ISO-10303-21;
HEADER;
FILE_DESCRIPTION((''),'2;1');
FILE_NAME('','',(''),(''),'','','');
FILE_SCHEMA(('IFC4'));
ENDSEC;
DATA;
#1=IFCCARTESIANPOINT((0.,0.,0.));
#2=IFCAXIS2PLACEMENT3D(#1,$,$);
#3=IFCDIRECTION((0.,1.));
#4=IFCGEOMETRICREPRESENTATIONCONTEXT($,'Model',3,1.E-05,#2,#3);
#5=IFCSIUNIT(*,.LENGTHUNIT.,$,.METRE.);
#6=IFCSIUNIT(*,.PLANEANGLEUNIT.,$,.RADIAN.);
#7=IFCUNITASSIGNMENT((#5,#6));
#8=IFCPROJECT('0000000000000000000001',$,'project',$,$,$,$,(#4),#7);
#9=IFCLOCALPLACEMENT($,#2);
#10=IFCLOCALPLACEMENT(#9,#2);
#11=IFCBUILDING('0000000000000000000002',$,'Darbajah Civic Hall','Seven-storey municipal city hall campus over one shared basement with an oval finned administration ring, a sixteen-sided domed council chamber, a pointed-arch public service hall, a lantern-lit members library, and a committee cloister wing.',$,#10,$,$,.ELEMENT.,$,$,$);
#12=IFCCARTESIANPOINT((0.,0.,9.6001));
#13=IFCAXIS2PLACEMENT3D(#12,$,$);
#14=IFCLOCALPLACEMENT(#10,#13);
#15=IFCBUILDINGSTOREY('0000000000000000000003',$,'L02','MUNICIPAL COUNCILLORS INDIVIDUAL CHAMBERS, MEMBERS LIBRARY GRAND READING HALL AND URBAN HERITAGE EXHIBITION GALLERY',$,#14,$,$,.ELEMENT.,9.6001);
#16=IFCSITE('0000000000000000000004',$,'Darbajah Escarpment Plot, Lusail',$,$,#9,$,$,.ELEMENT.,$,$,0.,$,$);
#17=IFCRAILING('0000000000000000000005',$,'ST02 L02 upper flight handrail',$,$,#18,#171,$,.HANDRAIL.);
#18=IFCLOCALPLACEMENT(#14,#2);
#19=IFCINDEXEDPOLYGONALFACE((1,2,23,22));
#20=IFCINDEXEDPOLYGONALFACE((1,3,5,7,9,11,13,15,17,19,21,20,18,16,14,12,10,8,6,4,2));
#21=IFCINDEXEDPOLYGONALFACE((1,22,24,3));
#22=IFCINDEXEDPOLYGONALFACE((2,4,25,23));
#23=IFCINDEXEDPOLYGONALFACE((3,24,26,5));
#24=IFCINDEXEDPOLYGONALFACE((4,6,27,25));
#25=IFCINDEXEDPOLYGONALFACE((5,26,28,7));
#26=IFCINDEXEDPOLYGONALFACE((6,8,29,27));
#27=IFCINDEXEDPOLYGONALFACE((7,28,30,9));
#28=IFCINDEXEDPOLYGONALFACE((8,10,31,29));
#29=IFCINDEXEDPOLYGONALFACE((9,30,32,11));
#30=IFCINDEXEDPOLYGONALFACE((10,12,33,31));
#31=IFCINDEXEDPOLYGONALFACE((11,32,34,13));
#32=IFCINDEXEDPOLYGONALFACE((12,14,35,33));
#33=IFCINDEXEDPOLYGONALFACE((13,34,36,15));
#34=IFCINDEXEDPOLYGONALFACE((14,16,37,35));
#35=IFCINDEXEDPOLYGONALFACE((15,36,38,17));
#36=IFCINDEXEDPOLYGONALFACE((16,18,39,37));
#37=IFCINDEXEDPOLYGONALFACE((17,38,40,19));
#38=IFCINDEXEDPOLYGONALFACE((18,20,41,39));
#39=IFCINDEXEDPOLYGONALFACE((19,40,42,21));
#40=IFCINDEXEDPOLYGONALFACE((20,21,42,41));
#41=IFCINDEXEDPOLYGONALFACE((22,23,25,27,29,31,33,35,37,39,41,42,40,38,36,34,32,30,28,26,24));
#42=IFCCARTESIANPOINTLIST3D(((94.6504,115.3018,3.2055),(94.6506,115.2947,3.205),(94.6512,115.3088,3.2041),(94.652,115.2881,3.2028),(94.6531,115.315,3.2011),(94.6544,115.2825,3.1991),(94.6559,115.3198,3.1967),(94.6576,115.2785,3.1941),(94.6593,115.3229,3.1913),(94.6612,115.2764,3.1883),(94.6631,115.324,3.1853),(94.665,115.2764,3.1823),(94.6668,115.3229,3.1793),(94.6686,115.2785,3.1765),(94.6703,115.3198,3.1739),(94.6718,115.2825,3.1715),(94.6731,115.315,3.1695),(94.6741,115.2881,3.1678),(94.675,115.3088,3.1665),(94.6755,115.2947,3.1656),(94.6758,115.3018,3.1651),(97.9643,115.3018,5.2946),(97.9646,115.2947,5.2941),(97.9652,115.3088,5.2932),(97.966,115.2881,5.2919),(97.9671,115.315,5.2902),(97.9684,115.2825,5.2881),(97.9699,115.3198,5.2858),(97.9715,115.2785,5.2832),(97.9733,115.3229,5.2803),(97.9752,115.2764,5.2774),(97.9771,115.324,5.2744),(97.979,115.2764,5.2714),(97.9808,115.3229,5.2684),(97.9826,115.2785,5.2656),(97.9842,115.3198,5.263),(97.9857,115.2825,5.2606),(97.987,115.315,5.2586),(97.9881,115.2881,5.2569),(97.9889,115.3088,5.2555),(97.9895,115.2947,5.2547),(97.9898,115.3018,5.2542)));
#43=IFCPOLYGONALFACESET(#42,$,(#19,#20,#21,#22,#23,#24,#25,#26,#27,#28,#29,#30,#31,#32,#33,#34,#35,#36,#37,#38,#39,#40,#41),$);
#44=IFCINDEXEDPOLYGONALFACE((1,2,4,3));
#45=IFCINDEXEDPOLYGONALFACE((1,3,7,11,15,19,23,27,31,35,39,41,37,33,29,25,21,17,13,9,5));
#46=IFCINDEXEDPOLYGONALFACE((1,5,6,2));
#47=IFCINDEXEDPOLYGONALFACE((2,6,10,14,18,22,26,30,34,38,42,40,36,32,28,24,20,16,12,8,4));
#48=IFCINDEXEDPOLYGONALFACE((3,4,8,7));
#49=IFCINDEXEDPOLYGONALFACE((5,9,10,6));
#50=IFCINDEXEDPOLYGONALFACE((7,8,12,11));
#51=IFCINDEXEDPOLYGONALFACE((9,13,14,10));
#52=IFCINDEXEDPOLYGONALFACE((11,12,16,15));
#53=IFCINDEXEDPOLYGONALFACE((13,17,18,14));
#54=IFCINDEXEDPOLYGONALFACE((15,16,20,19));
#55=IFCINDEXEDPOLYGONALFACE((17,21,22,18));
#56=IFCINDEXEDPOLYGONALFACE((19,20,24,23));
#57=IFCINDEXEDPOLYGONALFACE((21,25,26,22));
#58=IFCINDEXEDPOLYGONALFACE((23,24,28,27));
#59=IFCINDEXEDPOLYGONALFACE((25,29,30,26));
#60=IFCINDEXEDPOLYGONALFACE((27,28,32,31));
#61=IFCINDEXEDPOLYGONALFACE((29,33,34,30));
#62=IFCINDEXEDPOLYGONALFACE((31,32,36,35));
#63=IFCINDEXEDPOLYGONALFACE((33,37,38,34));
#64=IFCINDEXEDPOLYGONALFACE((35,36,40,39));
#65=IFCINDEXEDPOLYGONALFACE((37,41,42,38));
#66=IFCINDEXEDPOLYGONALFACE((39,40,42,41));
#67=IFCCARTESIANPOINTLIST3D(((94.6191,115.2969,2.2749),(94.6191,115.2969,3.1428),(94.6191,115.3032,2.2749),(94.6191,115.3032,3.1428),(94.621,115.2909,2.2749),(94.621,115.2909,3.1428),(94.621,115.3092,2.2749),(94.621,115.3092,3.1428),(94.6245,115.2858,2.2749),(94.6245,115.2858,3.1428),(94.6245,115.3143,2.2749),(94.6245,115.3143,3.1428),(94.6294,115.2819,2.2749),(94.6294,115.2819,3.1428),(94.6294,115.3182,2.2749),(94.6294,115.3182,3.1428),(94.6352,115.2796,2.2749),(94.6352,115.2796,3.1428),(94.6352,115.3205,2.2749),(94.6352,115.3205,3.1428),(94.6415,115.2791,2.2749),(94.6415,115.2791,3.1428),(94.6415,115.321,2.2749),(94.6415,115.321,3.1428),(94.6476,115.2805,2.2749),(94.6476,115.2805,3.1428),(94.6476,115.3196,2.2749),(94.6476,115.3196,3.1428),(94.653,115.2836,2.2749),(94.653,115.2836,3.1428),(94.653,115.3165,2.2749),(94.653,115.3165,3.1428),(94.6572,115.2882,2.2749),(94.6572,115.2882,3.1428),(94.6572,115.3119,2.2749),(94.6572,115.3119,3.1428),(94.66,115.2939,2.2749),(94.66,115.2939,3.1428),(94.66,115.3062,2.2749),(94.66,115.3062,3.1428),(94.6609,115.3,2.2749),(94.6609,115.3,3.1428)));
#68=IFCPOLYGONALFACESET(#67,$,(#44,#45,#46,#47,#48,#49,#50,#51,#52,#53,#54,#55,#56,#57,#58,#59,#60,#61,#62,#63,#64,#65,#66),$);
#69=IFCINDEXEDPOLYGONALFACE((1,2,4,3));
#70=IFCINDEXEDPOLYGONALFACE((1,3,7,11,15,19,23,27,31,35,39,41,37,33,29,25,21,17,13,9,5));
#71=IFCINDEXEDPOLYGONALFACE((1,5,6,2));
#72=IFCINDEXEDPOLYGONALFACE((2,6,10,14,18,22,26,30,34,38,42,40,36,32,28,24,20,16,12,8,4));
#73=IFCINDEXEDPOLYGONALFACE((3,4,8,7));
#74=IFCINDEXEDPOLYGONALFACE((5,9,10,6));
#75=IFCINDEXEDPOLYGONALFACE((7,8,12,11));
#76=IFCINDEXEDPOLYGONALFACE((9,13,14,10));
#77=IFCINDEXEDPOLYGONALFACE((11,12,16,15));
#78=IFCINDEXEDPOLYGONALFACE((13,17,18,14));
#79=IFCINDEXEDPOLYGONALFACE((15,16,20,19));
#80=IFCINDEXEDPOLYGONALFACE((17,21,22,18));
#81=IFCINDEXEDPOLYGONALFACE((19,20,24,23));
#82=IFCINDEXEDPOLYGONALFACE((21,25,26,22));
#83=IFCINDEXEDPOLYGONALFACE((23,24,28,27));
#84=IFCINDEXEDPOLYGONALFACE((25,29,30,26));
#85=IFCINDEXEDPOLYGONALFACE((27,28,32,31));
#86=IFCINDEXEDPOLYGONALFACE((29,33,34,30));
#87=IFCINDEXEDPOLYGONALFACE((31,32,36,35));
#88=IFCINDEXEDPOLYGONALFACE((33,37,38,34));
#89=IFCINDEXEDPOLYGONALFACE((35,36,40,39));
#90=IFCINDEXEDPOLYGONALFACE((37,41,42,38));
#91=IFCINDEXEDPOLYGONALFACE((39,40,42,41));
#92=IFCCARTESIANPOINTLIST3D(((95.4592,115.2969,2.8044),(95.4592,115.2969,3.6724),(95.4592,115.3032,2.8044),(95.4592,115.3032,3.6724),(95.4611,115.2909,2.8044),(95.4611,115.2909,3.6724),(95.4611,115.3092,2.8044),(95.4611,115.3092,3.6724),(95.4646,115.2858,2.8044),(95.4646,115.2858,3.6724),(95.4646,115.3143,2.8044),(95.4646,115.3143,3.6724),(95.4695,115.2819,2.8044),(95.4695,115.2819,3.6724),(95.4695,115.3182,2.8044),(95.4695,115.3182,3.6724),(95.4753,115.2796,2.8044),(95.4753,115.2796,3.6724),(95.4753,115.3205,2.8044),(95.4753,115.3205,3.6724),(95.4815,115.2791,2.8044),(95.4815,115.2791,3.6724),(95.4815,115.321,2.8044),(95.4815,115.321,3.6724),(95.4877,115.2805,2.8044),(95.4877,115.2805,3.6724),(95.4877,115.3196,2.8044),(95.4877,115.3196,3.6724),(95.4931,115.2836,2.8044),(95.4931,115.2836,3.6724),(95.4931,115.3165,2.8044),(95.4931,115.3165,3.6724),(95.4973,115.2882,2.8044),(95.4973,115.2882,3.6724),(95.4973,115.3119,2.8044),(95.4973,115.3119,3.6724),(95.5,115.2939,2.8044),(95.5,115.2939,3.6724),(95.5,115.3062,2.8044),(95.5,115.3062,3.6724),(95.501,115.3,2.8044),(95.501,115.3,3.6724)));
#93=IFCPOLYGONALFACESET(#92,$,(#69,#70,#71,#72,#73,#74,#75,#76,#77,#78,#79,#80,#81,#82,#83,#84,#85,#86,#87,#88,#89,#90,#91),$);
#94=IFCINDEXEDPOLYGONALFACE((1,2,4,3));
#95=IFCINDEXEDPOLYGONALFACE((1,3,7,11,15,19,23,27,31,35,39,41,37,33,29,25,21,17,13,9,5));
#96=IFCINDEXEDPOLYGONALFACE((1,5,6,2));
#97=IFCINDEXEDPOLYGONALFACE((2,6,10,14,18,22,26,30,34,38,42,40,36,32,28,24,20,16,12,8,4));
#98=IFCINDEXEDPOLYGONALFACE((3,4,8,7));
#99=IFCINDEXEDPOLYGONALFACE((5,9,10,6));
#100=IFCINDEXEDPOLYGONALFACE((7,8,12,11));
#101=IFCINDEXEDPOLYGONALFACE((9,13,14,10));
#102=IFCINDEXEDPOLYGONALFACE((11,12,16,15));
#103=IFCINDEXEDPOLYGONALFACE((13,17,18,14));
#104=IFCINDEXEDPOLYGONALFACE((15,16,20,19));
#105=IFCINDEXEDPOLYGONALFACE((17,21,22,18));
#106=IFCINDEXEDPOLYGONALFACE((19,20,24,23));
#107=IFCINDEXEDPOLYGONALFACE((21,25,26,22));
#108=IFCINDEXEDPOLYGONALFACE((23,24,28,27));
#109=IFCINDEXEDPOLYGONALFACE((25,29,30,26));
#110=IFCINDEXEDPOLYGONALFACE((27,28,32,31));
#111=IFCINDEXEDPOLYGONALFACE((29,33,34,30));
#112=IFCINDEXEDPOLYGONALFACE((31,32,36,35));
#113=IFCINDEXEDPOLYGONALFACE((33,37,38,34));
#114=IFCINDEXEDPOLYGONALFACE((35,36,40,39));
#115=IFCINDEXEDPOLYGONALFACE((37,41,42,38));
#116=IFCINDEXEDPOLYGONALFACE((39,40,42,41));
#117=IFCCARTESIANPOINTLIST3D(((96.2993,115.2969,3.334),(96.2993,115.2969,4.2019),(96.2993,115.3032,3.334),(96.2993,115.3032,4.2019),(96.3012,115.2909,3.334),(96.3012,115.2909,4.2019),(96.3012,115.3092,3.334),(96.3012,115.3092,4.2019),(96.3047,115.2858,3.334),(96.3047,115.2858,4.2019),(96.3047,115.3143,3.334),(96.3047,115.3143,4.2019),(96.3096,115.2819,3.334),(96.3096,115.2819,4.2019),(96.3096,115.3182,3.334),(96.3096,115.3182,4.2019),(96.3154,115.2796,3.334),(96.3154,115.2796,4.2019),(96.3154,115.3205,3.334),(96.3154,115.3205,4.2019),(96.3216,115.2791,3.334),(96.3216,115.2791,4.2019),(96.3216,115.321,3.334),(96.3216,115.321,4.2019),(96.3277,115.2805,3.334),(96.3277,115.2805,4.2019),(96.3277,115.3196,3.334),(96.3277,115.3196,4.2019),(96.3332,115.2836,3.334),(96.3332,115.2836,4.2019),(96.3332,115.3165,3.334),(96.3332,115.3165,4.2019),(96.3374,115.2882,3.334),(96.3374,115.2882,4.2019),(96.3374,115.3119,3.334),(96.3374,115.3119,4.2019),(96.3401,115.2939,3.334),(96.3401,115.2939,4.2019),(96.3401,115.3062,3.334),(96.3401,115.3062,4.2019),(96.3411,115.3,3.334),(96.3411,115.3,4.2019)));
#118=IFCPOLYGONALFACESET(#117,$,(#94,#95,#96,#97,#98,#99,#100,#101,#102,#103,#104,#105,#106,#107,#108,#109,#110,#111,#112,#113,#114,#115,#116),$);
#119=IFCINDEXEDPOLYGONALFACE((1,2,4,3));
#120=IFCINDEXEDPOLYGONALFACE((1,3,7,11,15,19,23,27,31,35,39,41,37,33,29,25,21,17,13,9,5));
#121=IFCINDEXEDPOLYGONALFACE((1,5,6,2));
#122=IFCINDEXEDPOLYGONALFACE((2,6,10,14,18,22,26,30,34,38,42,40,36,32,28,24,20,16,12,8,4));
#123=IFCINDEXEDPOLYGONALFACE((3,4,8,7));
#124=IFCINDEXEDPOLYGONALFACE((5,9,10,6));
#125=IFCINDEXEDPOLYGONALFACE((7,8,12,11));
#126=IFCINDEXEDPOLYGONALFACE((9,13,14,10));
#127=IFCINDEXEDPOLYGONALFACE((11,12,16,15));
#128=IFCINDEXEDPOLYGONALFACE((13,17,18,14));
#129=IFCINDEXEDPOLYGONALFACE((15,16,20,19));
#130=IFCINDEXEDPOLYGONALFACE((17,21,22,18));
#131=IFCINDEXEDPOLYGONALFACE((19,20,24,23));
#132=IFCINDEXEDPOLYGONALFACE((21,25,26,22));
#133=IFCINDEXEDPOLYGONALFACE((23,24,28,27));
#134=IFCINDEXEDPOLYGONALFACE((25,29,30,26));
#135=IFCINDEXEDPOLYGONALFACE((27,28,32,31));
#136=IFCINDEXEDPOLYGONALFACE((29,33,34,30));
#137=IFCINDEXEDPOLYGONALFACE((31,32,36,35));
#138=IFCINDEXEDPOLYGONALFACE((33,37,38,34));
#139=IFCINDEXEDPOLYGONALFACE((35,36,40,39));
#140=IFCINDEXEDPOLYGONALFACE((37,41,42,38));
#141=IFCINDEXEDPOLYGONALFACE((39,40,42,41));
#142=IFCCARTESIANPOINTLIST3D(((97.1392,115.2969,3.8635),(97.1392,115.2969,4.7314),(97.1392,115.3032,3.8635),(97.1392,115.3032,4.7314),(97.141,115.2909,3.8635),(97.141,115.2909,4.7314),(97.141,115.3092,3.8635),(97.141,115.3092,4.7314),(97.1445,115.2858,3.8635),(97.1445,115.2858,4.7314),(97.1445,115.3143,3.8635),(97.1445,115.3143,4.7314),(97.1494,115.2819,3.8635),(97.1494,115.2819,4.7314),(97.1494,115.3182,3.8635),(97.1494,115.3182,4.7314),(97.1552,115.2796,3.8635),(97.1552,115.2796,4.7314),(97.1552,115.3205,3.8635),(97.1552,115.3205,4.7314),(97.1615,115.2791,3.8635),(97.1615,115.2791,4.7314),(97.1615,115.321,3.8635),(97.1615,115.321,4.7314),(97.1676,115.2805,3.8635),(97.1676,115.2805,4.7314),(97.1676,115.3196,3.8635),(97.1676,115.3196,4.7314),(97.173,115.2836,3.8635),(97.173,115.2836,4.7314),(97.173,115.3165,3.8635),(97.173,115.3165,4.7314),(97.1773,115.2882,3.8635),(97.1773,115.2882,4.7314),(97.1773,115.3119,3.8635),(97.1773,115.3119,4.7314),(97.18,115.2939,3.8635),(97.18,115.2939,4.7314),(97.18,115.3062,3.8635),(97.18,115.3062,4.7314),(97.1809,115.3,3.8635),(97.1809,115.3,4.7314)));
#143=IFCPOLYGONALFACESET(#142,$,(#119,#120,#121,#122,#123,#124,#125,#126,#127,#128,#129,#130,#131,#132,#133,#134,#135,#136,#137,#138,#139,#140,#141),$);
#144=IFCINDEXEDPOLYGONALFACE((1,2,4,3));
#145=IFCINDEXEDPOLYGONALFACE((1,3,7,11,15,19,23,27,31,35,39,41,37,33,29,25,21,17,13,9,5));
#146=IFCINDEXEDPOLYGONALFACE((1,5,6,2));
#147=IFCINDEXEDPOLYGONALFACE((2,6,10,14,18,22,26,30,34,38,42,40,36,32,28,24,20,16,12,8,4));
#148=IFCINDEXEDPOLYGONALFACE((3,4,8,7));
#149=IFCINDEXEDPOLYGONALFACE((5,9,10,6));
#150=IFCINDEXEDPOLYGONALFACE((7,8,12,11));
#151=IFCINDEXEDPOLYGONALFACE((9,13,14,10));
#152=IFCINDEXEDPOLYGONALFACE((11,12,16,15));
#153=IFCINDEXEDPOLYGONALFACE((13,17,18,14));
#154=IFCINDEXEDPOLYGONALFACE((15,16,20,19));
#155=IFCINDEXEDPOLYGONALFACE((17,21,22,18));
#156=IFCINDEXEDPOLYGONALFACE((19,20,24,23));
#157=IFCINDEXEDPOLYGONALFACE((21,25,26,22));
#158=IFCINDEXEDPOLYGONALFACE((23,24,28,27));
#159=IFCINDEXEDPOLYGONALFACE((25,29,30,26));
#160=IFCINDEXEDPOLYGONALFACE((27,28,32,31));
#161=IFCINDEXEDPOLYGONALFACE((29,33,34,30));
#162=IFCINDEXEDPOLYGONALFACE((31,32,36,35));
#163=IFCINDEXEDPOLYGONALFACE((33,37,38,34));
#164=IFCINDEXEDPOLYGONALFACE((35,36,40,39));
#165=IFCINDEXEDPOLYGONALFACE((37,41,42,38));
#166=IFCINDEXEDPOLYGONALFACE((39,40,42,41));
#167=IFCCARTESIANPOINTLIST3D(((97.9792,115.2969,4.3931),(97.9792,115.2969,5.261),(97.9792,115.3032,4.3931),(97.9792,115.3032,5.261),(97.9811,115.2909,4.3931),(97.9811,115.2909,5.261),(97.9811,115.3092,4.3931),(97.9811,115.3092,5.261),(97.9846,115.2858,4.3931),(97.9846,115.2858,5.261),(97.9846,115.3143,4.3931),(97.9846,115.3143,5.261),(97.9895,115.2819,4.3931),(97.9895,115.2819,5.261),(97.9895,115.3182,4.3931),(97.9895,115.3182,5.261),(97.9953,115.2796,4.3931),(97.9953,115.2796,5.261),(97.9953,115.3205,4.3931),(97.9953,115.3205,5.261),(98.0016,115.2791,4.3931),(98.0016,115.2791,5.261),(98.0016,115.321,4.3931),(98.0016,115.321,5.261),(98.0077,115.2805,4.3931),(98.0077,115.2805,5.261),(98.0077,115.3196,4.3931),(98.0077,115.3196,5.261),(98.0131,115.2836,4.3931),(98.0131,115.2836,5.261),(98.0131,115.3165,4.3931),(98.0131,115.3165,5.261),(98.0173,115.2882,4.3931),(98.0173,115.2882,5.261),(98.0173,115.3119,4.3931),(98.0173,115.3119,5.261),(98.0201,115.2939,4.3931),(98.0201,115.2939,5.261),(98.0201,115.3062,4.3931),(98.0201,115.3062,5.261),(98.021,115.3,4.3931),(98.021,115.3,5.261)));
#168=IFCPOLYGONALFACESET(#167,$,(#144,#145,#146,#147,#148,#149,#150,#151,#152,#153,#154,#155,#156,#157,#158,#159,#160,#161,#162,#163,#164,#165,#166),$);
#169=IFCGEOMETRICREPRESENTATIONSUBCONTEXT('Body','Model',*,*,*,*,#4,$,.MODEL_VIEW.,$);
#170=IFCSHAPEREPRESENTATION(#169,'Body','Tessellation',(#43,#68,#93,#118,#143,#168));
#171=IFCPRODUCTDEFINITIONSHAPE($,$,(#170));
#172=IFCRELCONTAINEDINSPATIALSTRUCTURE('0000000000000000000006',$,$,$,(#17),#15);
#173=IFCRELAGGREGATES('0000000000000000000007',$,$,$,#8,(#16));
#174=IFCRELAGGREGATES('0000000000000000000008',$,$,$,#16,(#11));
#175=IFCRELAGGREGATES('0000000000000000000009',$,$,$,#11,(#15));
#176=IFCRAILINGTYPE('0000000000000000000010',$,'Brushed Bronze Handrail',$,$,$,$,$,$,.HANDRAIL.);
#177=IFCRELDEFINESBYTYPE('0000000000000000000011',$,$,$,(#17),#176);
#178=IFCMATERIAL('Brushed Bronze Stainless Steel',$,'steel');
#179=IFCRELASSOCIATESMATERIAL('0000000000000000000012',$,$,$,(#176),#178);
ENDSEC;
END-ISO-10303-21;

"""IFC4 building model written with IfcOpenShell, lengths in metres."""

from ifc_helpers import new_model, si_unit, direction, frame, origin, origin_2d, place, context, subcontext, project, spatial, circle, extrude, material, type_object, element, save


model = new_model("IFC4")

# Units and contexts
model_context = context("Model", 3, precision=1e-05, world=origin(), true_north=direction((0.0, 1.0)))
body_context = subcontext(model_context, "Body", "Model", "MODEL_VIEW")
ifc_project = project(units=[si_unit("LENGTHUNIT", "METRE"), si_unit("PLANEANGLEUNIT", "RADIAN")], contexts=[model_context])

# Site, building, storey
site_placement = place(None, origin())
site = spatial("IfcSite", under=ifc_project, at=site_placement, Name="Darbajah Escarpment Plot, Lusail", CompositionType="ELEMENT", RefElevation=0.0)
building_placement = place(site_placement, origin())
building = spatial("IfcBuilding", under=site, at=building_placement, Name="Darbajah Civic Hall", Description="Seven-storey municipal city hall campus over one shared basement with an oval finned administration ring, a sixteen-sided domed council chamber, a pointed-arch public service hall, a lantern-lit members library, and a committee cloister wing.", CompositionType="ELEMENT")
storey_placement = place(building_placement, frame((0.0, 0.0, 9.6001)))
storey = spatial("IfcBuildingStorey", under=building, at=storey_placement, Name="L02", Description="MUNICIPAL COUNCILLORS INDIVIDUAL CHAMBERS, MEMBERS LIBRARY GRAND READING HALL AND URBAN HERITAGE EXHIBITION GALLERY", CompositionType="ELEMENT", Elevation=9.6001)

# Railing
ifc_material_1 = material(Name="Brushed Bronze Stainless Steel", Category="steel")
railing_type_1 = type_object("IfcRailingType", Name="Brushed Bronze Handrail", PredefinedType="HANDRAIL", material=ifc_material_1)
railing_1_placement = place(storey_placement, frame((94.6399, 115.3, 2.2749)))
element("IfcRailing", 1, at=railing_1_placement, inside=storey, type_object=railing_type_1, Name="ST02 L02 upper flight handrail", PredefinedType="HANDRAIL", context=body_context, shape_type="SweptSolid", body=[
    extrude(circle(Radius=0.0239, at=origin_2d()), frame((0.0232, 0.0, 0.9104), z_axis=(0.845944, 0.0, 0.533271), x_axis=(0.0, 1.0, 0.0)), (0.0, 0.0, 1.0), 3.9175),
    extrude(circle(Radius=0.021, at=origin_2d()), origin(), (0.0, 0.0, 1.0), 0.8679),
    extrude(circle(Radius=0.021, at=origin_2d()), frame((0.8401, 0.0, 0.5295)), (0.0, 0.0, 1.0), 0.8679),
    extrude(circle(Radius=0.021, at=origin_2d()), frame((1.6802, 0.0, 1.0591)), (0.0, 0.0, 1.0), 0.8679),
    extrude(circle(Radius=0.021, at=origin_2d()), frame((2.52, 0.0, 1.5886)), (0.0, 0.0, 1.0), 0.8679),
    extrude(circle(Radius=0.021, at=origin_2d()), frame((3.3601, 0.0, 2.1182)), (0.0, 0.0, 1.0), 0.8679),
])

save(model, "model.ifc")
